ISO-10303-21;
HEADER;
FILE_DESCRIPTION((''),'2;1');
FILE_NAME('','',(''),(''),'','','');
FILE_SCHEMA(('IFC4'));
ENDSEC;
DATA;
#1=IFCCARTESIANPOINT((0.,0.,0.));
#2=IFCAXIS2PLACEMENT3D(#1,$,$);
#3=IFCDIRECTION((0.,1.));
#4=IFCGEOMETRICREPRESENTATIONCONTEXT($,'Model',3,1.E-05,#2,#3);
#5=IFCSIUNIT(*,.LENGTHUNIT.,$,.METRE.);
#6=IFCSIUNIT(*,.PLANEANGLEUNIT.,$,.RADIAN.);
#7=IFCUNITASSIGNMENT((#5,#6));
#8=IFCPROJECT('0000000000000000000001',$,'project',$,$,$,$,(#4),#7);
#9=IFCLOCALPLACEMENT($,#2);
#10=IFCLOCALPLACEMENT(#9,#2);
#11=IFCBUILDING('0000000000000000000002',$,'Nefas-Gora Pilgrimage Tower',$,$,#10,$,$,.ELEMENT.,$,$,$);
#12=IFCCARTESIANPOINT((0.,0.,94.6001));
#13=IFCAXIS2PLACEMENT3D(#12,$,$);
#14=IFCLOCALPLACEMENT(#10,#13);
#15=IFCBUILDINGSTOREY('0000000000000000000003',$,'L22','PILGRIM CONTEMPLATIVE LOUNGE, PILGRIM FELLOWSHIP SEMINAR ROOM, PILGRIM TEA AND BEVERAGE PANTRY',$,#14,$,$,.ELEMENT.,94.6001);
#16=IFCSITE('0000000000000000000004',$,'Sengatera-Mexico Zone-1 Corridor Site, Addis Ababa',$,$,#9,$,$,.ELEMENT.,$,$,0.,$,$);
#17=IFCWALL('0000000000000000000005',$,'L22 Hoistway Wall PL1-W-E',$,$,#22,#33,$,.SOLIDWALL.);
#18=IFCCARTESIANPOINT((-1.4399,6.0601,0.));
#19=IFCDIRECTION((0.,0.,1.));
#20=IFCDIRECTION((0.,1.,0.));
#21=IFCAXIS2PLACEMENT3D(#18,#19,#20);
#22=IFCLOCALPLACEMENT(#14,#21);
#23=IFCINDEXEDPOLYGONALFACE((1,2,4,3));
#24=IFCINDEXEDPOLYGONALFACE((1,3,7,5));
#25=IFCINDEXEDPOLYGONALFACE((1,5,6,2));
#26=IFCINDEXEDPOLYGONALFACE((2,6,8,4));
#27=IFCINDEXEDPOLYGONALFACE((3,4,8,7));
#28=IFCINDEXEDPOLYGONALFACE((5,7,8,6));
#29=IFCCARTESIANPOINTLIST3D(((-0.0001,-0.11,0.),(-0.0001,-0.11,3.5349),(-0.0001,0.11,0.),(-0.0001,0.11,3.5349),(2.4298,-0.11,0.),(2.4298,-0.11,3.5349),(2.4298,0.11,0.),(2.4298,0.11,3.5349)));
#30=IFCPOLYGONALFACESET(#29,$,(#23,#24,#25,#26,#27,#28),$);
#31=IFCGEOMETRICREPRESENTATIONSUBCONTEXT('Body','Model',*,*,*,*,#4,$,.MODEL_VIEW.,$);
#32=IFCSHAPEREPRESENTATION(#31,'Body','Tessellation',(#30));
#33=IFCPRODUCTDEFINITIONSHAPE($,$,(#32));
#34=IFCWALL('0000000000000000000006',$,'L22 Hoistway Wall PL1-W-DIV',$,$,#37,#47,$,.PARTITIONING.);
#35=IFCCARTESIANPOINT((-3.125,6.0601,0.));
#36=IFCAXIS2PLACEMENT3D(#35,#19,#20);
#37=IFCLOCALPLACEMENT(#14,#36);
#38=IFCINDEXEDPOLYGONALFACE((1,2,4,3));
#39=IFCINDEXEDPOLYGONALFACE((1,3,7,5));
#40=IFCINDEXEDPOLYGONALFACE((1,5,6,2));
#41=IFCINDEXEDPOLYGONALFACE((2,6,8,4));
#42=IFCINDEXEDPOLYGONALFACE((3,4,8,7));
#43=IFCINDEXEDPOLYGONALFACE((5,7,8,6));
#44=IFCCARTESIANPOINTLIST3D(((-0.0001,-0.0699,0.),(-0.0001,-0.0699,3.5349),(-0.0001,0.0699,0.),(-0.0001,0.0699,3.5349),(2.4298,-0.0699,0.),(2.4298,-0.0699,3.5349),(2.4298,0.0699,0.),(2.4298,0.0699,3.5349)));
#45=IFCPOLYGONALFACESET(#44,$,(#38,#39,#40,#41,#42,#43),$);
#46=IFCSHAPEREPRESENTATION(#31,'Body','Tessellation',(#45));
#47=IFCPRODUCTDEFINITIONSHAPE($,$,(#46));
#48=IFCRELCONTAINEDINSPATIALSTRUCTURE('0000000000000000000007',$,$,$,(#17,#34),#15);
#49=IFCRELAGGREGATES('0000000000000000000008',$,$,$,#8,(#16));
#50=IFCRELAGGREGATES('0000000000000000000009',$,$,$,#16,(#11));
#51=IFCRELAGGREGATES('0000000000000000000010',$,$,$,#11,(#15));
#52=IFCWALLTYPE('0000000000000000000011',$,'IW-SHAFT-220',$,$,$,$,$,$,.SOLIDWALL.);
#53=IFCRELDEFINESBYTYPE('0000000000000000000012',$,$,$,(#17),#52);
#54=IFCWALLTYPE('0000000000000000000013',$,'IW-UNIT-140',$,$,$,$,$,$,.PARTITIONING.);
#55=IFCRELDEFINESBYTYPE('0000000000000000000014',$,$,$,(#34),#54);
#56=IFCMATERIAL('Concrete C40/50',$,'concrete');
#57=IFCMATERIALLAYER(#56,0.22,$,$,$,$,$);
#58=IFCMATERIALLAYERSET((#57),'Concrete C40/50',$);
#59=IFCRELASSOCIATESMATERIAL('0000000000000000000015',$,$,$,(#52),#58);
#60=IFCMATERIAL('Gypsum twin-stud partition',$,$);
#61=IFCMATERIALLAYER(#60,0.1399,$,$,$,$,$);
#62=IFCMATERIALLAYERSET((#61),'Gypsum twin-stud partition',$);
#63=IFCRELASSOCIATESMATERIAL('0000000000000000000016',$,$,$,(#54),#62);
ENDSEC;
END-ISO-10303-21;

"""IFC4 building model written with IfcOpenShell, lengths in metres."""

from ifc_helpers import new_model, si_unit, direction, frame, frame_2d, origin, place, context, subcontext, project, spatial, rectangle, extrude, source, transform, mapped, material, layer, layer_set, type_object, element, save


model = new_model("IFC4")

# Units and contexts
model_context = context("Model", 3, precision=1e-05, world=origin(), true_north=direction((0.0, 1.0)))
body_context = subcontext(model_context, "Body", "Model", "MODEL_VIEW")
ifc_project = project(units=[si_unit("LENGTHUNIT", "METRE"), si_unit("PLANEANGLEUNIT", "RADIAN")], contexts=[model_context])

# Site, building, storey
site_placement = place(None, origin())
site = spatial("IfcSite", under=ifc_project, at=site_placement, Name="Sengatera-Mexico Zone-1 Corridor Site, Addis Ababa", CompositionType="ELEMENT", RefElevation=0.0)
building_placement = place(site_placement, origin())
building = spatial("IfcBuilding", under=site, at=building_placement, Name="Nefas-Gora Pilgrimage Tower", CompositionType="ELEMENT")
storey_placement = place(building_placement, frame((0.0, 0.0, 94.6001)))
storey = spatial("IfcBuildingStorey", under=building, at=storey_placement, Name="L22", Description="PILGRIM CONTEMPLATIVE LOUNGE, PILGRIM FELLOWSHIP SEMINAR ROOM, PILGRIM TEA AND BEVERAGE PANTRY", CompositionType="ELEMENT", Elevation=94.6001)

# Shared definitions
ifc_material_1 = material(Name="Concrete C40/50", Category="concrete")
ifc_layer_1 = layer(ifc_material_1, 0.22)
ifc_layer_set_1 = layer_set([ifc_layer_1], Name="Concrete C40/50")
wall_type_1 = type_object("IfcWallType", Name="IW-SHAFT-220", PredefinedType="SOLIDWALL", material=ifc_layer_set_1)

# Walls
shared_shape_1 = source(origin(), body_context, "Body", "SweptSolid", [
    extrude(rectangle(XDim=2.4299, YDim=0.22, at=frame_2d((1.2148, 0.0))), origin(), (0.0, 0.0, 1.0), 3.5349),
])
for number, where, z_axis, x_axis, name in (
    (1, (-1.4399, 6.0601, 0.0), (0.0, 0.0, 1.0), (0.0, 1.0, 0.0), "L22 Hoistway Wall PL1-W-E"),
):
    element("IfcWall", number, at=place(storey_placement, frame(where, z_axis=z_axis, x_axis=x_axis)), inside=storey, type_object=wall_type_1, Name=name, PredefinedType="SOLIDWALL", context=body_context, shape_type="MappedRepresentation", body=[
        mapped(shared_shape_1, transform((0.0, 0.0, 0.0), x_axis=(1.0, 0.0, 0.0), y_axis=(0.0, 1.0, 0.0), z_axis=(0.0, 0.0, 1.0), scale=1.0)),
    ])
ifc_material_2 = material(Name="Gypsum twin-stud partition")
ifc_layer_2 = layer(ifc_material_2, 0.1399)
ifc_layer_set_2 = layer_set([ifc_layer_2], Name="Gypsum twin-stud partition")
wall_type_2 = type_object("IfcWallType", Name="IW-UNIT-140", PredefinedType="PARTITIONING", material=ifc_layer_set_2)
shared_shape_2 = source(origin(), body_context, "Body", "SweptSolid", [
    extrude(rectangle(XDim=2.4299, YDim=0.1399, at=frame_2d((1.2148, 0.0))), origin(), (0.0, 0.0, 1.0), 3.5349),
])
wall_1_placement = place(storey_placement, frame((-3.125, 6.0601, 0.0), z_axis=(0.0, 0.0, 1.0), x_axis=(0.0, 1.0, 0.0)))
element("IfcWall", 2, at=wall_1_placement, inside=storey, type_object=wall_type_2, Name="L22 Hoistway Wall PL1-W-DIV", PredefinedType="PARTITIONING", context=body_context, shape_type="MappedRepresentation", body=[
    mapped(shared_shape_2, transform((0.0, 0.0, 0.0), x_axis=(1.0, 0.0, 0.0), y_axis=(0.0, 1.0, 0.0), z_axis=(0.0, 0.0, 1.0), scale=1.0)),
])

save(model, "model.ifc")
